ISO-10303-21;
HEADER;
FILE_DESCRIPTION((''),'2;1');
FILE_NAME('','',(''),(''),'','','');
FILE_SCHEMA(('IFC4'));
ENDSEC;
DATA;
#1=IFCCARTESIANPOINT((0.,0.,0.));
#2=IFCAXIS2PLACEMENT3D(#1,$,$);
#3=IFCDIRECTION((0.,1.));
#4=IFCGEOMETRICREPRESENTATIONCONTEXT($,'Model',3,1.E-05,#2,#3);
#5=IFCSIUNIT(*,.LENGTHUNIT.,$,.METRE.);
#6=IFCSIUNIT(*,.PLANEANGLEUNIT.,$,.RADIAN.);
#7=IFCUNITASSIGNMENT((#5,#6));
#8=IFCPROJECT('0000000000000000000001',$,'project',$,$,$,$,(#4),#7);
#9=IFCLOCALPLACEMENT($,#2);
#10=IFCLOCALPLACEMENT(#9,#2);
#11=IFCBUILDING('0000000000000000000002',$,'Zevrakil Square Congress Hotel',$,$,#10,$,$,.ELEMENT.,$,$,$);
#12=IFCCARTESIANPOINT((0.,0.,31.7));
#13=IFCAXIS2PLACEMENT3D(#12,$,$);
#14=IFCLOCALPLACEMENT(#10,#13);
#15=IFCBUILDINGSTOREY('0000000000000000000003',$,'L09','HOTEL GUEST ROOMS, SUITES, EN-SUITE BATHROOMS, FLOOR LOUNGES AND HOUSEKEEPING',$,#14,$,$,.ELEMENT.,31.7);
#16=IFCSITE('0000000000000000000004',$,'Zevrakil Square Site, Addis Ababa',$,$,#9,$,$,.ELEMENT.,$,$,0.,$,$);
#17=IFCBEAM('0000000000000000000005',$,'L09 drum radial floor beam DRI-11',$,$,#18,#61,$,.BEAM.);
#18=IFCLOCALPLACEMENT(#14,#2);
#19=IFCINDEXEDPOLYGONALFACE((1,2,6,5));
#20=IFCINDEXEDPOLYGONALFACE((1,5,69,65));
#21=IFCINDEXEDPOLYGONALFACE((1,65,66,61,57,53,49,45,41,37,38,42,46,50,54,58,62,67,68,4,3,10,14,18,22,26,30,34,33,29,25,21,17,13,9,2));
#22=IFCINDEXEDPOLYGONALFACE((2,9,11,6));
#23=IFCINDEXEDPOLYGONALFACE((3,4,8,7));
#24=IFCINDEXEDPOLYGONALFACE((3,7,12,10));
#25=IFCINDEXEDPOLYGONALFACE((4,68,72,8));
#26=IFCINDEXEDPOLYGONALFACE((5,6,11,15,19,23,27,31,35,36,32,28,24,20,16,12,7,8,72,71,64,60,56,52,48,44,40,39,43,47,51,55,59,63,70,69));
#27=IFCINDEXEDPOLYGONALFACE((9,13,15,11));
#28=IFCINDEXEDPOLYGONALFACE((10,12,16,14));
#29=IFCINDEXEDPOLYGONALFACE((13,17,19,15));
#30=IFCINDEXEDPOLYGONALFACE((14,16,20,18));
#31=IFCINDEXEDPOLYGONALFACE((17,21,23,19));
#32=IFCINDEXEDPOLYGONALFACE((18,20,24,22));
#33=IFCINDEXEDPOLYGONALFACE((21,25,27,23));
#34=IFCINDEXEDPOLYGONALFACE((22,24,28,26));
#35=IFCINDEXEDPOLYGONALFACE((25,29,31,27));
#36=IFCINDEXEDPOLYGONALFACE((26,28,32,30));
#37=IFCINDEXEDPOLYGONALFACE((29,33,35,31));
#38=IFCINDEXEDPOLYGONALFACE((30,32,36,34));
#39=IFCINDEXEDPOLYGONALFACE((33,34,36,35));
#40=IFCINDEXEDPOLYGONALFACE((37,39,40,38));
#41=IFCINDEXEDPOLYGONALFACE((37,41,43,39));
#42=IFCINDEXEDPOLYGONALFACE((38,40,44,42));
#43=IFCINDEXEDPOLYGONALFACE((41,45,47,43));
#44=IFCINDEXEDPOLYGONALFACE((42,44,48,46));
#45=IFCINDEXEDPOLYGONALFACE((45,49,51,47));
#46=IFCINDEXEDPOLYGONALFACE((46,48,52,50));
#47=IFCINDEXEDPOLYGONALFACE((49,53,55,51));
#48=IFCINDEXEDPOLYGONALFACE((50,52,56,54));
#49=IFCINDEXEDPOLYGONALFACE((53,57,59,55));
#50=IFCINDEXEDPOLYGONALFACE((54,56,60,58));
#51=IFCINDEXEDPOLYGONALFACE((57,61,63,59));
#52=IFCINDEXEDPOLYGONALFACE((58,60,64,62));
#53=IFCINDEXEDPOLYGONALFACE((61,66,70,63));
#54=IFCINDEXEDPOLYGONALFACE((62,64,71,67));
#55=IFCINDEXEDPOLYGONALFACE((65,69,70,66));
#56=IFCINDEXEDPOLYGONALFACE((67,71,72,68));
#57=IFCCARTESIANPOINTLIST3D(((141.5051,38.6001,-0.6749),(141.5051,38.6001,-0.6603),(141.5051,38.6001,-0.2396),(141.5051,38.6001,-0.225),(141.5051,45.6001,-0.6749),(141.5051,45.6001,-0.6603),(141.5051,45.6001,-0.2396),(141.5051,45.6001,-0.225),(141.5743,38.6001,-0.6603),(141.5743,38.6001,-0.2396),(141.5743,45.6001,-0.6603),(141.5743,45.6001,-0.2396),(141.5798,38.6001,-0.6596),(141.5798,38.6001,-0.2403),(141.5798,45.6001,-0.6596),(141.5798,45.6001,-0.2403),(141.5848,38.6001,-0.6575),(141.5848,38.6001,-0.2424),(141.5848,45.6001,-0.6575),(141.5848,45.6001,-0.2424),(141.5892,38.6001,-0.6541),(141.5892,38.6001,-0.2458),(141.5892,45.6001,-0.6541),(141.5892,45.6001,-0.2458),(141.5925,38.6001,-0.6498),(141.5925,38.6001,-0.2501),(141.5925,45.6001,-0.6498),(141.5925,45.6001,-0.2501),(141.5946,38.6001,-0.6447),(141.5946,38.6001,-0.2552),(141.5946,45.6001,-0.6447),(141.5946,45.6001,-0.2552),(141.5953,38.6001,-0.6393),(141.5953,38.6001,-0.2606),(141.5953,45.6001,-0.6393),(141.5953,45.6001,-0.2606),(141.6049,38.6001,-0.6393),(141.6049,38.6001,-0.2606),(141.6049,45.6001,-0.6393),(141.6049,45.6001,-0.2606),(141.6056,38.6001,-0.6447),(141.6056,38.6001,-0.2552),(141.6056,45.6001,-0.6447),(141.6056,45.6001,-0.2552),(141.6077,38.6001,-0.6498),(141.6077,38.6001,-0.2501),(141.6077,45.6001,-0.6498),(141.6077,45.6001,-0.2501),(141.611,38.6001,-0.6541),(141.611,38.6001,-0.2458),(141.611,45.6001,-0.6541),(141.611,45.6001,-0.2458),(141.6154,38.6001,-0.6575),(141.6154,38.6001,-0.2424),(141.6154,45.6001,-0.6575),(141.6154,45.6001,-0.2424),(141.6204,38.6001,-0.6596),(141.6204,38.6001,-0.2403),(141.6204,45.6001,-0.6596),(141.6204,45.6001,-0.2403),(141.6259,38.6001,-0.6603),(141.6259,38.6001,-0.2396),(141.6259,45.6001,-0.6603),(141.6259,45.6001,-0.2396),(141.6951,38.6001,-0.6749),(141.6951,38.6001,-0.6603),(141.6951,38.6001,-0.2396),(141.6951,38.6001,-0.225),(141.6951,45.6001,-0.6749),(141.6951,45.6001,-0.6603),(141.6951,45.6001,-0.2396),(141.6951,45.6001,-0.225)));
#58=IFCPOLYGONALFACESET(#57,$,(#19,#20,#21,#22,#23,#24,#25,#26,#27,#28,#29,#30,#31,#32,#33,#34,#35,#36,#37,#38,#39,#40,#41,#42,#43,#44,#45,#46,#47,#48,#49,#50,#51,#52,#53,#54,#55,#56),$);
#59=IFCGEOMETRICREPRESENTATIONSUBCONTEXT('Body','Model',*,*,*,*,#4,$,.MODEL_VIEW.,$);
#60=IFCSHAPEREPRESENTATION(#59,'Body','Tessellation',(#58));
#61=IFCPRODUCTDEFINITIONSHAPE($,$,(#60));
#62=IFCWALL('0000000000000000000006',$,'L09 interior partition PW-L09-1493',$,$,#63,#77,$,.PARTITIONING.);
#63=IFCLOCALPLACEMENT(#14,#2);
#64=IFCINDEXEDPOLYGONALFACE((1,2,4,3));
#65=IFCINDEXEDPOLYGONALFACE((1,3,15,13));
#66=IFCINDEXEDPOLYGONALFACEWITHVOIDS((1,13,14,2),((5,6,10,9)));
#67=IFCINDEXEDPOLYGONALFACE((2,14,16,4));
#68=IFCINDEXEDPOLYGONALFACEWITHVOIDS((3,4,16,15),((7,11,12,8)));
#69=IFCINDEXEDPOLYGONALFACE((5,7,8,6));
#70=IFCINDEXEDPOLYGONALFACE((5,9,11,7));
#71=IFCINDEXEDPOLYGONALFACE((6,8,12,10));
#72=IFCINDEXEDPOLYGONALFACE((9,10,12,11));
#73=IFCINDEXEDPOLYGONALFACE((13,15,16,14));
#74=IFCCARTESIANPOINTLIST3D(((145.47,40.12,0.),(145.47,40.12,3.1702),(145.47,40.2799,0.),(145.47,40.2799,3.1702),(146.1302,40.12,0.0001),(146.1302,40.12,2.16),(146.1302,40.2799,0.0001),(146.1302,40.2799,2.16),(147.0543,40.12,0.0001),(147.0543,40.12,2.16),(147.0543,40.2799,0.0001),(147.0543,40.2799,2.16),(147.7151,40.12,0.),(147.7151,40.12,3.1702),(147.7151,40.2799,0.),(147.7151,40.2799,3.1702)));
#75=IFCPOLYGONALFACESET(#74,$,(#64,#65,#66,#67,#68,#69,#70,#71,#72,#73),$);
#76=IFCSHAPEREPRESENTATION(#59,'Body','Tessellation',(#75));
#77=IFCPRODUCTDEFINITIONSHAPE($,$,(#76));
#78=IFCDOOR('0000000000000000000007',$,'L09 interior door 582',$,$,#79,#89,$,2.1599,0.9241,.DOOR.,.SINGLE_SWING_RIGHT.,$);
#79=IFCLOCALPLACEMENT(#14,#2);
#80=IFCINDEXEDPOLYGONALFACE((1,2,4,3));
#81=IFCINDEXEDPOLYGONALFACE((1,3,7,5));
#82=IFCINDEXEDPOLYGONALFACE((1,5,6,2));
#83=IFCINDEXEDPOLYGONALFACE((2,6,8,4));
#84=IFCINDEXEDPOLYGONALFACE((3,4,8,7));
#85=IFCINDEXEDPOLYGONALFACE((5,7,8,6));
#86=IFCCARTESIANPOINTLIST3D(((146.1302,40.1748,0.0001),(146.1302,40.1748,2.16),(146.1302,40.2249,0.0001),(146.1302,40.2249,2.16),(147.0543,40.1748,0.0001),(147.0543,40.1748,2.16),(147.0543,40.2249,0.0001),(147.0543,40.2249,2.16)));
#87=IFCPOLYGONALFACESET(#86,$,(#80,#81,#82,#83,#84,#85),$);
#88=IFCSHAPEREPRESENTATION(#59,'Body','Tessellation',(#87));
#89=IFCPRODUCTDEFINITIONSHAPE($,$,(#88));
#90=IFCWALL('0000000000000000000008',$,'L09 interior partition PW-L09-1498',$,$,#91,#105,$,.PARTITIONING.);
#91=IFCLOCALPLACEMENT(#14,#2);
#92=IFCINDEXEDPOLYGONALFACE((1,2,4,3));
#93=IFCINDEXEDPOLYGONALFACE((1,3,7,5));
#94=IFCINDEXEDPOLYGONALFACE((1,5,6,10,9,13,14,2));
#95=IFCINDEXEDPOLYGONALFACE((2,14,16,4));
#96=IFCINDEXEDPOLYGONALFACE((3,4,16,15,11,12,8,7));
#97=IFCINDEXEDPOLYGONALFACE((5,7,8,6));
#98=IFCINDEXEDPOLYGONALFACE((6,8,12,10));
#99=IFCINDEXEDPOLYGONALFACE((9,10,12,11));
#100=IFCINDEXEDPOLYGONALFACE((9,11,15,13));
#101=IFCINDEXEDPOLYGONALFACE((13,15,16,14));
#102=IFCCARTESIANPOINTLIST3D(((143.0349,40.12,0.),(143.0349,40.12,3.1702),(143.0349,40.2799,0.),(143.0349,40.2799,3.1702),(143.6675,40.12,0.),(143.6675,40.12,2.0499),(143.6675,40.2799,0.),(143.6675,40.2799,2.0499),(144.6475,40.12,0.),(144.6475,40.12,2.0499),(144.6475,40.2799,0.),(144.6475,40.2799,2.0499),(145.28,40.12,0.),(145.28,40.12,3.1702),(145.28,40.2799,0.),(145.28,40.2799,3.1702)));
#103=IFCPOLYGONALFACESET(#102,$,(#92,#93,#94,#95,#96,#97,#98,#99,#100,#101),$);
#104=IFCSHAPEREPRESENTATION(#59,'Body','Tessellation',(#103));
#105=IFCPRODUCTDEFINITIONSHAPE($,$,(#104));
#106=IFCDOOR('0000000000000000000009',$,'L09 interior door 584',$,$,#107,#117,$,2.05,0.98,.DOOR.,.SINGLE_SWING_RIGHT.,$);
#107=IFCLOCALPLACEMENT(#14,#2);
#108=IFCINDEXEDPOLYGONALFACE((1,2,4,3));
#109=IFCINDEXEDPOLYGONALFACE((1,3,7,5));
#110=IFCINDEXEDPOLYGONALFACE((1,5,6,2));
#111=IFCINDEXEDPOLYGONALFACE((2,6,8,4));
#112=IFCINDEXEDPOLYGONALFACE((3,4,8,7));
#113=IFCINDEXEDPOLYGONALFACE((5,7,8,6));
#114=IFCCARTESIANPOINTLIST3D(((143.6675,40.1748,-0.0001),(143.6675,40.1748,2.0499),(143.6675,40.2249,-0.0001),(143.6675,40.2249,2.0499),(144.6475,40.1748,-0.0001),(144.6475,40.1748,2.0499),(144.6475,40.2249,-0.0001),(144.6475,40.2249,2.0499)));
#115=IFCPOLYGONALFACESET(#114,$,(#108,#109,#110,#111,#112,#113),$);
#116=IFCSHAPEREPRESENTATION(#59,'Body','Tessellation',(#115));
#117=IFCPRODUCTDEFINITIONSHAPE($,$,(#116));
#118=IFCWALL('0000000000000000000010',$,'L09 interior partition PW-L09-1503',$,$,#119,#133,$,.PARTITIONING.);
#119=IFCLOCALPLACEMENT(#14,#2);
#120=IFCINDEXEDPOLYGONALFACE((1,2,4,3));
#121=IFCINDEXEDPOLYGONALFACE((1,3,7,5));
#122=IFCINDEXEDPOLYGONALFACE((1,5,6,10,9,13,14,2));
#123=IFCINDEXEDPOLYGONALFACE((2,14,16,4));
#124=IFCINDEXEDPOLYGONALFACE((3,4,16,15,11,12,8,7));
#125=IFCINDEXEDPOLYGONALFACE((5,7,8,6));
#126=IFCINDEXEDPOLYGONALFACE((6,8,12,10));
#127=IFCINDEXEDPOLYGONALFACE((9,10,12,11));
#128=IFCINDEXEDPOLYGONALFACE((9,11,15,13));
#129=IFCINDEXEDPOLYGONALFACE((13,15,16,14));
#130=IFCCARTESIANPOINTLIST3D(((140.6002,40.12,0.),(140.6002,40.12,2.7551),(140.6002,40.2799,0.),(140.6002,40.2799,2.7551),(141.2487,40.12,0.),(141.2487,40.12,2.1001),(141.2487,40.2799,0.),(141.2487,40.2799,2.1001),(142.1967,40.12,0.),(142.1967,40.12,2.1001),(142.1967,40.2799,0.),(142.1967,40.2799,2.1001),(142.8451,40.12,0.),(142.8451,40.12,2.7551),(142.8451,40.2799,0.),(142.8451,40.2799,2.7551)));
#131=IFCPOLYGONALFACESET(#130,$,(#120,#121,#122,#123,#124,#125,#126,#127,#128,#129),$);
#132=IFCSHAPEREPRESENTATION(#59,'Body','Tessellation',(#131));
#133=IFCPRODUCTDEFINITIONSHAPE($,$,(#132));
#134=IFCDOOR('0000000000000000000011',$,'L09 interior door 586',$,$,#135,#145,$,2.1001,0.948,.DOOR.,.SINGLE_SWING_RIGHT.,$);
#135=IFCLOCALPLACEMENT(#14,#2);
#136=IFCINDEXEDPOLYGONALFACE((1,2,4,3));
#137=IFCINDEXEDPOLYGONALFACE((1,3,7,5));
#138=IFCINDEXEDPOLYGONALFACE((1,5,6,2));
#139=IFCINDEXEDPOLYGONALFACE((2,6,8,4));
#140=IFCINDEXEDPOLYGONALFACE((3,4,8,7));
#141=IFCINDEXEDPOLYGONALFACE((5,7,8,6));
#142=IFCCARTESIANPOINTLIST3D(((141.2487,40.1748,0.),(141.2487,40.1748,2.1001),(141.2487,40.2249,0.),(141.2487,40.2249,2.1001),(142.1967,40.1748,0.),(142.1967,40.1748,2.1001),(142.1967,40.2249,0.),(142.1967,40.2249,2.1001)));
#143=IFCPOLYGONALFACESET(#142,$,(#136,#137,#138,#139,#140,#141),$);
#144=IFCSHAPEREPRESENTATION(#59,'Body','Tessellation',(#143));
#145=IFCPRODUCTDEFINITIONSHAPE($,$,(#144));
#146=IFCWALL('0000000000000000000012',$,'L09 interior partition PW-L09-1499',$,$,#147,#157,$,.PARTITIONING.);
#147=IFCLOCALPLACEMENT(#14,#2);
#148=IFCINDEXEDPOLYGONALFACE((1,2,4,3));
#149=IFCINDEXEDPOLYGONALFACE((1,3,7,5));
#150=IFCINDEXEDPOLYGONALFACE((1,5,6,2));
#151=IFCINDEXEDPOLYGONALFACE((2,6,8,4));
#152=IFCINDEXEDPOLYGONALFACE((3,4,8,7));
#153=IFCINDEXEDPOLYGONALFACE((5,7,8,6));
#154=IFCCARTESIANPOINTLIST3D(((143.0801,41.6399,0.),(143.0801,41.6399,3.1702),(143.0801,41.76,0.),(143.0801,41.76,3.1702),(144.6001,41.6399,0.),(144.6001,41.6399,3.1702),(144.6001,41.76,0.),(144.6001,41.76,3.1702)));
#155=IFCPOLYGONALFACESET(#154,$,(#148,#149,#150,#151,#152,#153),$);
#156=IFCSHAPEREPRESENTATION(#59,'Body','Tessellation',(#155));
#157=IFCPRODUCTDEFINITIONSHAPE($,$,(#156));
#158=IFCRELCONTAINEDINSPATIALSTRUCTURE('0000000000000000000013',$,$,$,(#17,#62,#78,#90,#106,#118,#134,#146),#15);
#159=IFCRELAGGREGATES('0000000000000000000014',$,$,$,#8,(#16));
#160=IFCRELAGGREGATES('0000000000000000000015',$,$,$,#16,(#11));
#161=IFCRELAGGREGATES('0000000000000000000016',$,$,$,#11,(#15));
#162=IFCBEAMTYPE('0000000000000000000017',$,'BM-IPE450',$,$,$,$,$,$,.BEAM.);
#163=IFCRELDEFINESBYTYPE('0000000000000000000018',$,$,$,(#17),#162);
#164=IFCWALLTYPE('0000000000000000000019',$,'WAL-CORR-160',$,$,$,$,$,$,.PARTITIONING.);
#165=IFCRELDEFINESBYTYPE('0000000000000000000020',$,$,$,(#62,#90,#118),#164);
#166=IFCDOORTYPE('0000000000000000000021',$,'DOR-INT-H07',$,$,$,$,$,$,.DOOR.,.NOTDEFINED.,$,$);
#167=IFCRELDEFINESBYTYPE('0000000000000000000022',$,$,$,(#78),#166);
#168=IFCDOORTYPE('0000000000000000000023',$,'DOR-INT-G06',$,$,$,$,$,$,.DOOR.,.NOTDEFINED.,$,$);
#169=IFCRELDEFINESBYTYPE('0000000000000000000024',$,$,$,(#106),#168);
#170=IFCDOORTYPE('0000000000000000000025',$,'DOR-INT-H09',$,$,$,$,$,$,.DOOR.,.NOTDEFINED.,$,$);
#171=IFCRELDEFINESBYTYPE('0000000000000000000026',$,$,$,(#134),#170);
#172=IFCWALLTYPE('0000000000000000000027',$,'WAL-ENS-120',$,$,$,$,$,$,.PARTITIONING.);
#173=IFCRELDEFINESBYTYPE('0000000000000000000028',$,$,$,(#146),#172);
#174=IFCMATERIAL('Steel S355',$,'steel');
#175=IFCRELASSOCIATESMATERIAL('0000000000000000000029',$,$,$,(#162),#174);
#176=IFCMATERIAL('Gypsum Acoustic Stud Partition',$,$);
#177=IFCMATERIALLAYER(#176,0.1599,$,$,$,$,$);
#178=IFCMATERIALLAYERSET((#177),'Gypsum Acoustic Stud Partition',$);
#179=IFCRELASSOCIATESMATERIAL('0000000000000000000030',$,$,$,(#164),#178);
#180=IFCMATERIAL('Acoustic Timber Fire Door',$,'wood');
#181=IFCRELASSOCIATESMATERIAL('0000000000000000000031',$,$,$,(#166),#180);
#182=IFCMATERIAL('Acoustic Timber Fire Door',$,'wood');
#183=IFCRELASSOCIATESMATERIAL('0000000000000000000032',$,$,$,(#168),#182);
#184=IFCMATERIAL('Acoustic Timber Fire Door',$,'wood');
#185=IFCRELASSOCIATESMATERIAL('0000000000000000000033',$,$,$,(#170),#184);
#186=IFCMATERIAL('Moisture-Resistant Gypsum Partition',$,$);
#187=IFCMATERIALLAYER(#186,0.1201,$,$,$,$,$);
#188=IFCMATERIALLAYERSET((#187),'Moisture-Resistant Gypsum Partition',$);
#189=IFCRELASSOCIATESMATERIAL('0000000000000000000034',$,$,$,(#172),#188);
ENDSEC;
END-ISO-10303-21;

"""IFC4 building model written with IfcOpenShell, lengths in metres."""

from ifc_helpers import new_model, si_unit, direction, frame, frame_2d, origin, origin_2d, place, context, subcontext, project, spatial, rectangle, i_section, extrude, material, layer, layer_set, material_profile, profile_set, type_object, element, fill, save


model = new_model("IFC4")

# Units and contexts
model_context = context("Model", 3, precision=1e-05, world=origin(), true_north=direction((0.0, 1.0)))
body_context = subcontext(model_context, "Body", "Model", "MODEL_VIEW")
ifc_project = project(units=[si_unit("LENGTHUNIT", "METRE"), si_unit("PLANEANGLEUNIT", "RADIAN")], contexts=[model_context])

# Site, building, storey
site_placement = place(None, origin())
site = spatial("IfcSite", under=ifc_project, at=site_placement, Name="Zevrakil Square Site, Addis Ababa", CompositionType="ELEMENT", RefElevation=0.0)
building_placement = place(site_placement, origin())
building = spatial("IfcBuilding", under=site, at=building_placement, Name="Zevrakil Square Congress Hotel", CompositionType="ELEMENT")
storey_placement = place(building_placement, frame((0.0, 0.0, 31.7)))
storey = spatial("IfcBuildingStorey", under=building, at=storey_placement, Name="L09", Description="HOTEL GUEST ROOMS, SUITES, EN-SUITE BATHROOMS, FLOOR LOUNGES AND HOUSEKEEPING", CompositionType="ELEMENT", Elevation=31.7)

# Beam
ifc_material_1 = material(Name="Steel S355", Category="steel")
ifc_material_profile = material_profile(ifc_material_1, i_section(OverallWidth=0.1899, OverallDepth=0.45, WebThickness=0.0095, FlangeThickness=0.0146, FilletRadius=0.021, at=origin_2d()), Name="IPE 450")
ifc_profile_set = profile_set([ifc_material_profile], Name="Steel S355")
beam_type = type_object("IfcBeamType", Name="BM-IPE450", PredefinedType="BEAM", material=ifc_profile_set)
beam_placement = place(storey_placement, frame((141.6001, 38.6001, -0.45), z_axis=(0.0, 1.0, 0.0), x_axis=(-1.0, 0.0, 0.0)))
element("IfcBeam", 1, at=beam_placement, inside=storey, type_object=beam_type, Name="L09 drum radial floor beam DRI-11", PredefinedType="BEAM", context=body_context, shape_type="SweptSolid", body=[
    extrude(i_section(OverallWidth=0.1899, OverallDepth=0.45, WebThickness=0.0095, FlangeThickness=0.0146, FilletRadius=0.021, at=origin_2d()), origin(), (0.0, 0.0, 1.0), 7.0),
])

# Walls, openings, doors
ifc_material_2 = material(Name="Gypsum Acoustic Stud Partition")
ifc_layer_1 = layer(ifc_material_2, 0.1599)
ifc_layer_set_1 = layer_set([ifc_layer_1], Name="Gypsum Acoustic Stud Partition")
wall_type_1 = type_object("IfcWallType", Name="WAL-CORR-160", PredefinedType="PARTITIONING", material=ifc_layer_set_1)
wall_1_placement = place(storey_placement, frame((145.47, 40.2, 0.0), z_axis=(0.0, 0.0, 1.0), x_axis=(1.0, 0.0, 0.0)))
wall_1 = element("IfcWall", 2, at=wall_1_placement, inside=storey, type_object=wall_type_1, Name="L09 interior partition PW-L09-1493", PredefinedType="PARTITIONING", context=body_context, shape_type="SweptSolid", body=[
    extrude(rectangle(XDim=2.2451, YDim=0.1599, at=frame_2d((1.1226, 0.0))), origin(), (0.0, 0.0, 1.0), 3.1702),
])
opening_1_placement = place(wall_1_placement, frame((0.6604, 0.0, 0.0)))
opening_1 = element("IfcOpeningElement", 3, at=opening_1_placement, cuts=wall_1, PredefinedType="OPENING", context=body_context, shape_type="SweptSolid", body=[
    extrude(rectangle(XDim=0.9241, YDim=2.1599, at=frame_2d((0.4619, 1.0801))), frame((0.0, 0.0898, 0.0), z_axis=(0.0, -1.0, 0.0), x_axis=(1.0, 0.0, 0.0)), (0.0, 0.0, 1.0), 0.1799),
])
ifc_material_3 = material(Name="Acoustic Timber Fire Door", Category="wood")
door_type_1 = type_object("IfcDoorType", Name="DOR-INT-H07", OperationType="NOTDEFINED", PredefinedType="DOOR", material=ifc_material_3)
door_1_placement = place(opening_1_placement, origin())
door_1 = element("IfcDoor", 4, at=door_1_placement, inside=storey, type_object=door_type_1, Name="L09 interior door 582", OperationType="SINGLE_SWING_RIGHT", OverallHeight=2.1599, OverallWidth=0.9241, PredefinedType="DOOR", context=body_context, shape_type="SweptSolid", body=[
    extrude(rectangle(XDim=0.9241, YDim=2.1599, at=frame_2d((0.4619, 1.0801))), frame((0.0, 0.0249, 0.0), z_axis=(0.0, -1.0, 0.0), x_axis=(1.0, 0.0, 0.0)), (0.0, 0.0, 1.0), 0.05),
])
fill(opening_1, door_1)
wall_2_placement = place(storey_placement, frame((143.0349, 40.2, 0.0), z_axis=(0.0, 0.0, 1.0), x_axis=(1.0, 0.0, 0.0)))
wall_2 = element("IfcWall", 5, at=wall_2_placement, inside=storey, type_object=wall_type_1, Name="L09 interior partition PW-L09-1498", PredefinedType="PARTITIONING", context=body_context, shape_type="SweptSolid", body=[
    extrude(rectangle(XDim=2.2451, YDim=0.1599, at=frame_2d((1.1226, 0.0))), origin(), (0.0, 0.0, 1.0), 3.1702),
])
opening_2_placement = place(wall_2_placement, frame((0.6326, 0.0, 0.0)))
opening_2 = element("IfcOpeningElement", 6, at=opening_2_placement, cuts=wall_2, PredefinedType="OPENING", context=body_context, shape_type="SweptSolid", body=[
    extrude(rectangle(XDim=0.98, YDim=2.05, at=frame_2d((0.49, 1.0249))), frame((0.0, 0.0898, 0.0), z_axis=(0.0, -1.0, 0.0), x_axis=(1.0, 0.0, 0.0)), (0.0, 0.0, 1.0), 0.1799),
])
ifc_material_4 = material(Name="Acoustic Timber Fire Door", Category="wood")
door_type_2 = type_object("IfcDoorType", Name="DOR-INT-G06", OperationType="NOTDEFINED", PredefinedType="DOOR", material=ifc_material_4)
door_2_placement = place(opening_2_placement, origin())
door_2 = element("IfcDoor", 7, at=door_2_placement, inside=storey, type_object=door_type_2, Name="L09 interior door 584", OperationType="SINGLE_SWING_RIGHT", OverallHeight=2.05, OverallWidth=0.98, PredefinedType="DOOR", context=body_context, shape_type="SweptSolid", body=[
    extrude(rectangle(XDim=0.98, YDim=2.05, at=frame_2d((0.49, 1.0249))), frame((0.0, 0.0249, 0.0), z_axis=(0.0, -1.0, 0.0), x_axis=(1.0, 0.0, 0.0)), (0.0, 0.0, 1.0), 0.05),
])
fill(opening_2, door_2)
wall_3_placement = place(storey_placement, frame((140.6001, 40.2, 0.0), z_axis=(0.0, 0.0, 1.0), x_axis=(1.0, 0.0, 0.0)))
wall_3 = element("IfcWall", 8, at=wall_3_placement, inside=storey, type_object=wall_type_1, Name="L09 interior partition PW-L09-1503", PredefinedType="PARTITIONING", context=body_context, shape_type="SweptSolid", body=[
    extrude(rectangle(XDim=2.2449, YDim=0.1599, at=frame_2d((1.1226, 0.0))), origin(), (0.0, 0.0, 1.0), 2.7551),
])
opening_3_placement = place(wall_3_placement, frame((0.6484, 0.0, 0.0)))
opening_3 = element("IfcOpeningElement", 9, at=opening_3_placement, cuts=wall_3, PredefinedType="OPENING", context=body_context, shape_type="SweptSolid", body=[
    extrude(rectangle(XDim=0.948, YDim=2.1001, at=frame_2d((0.4741, 1.05))), frame((0.0, 0.0898, 0.0), z_axis=(0.0, -1.0, 0.0), x_axis=(1.0, 0.0, 0.0)), (0.0, 0.0, 1.0), 0.1799),
])
ifc_material_5 = material(Name="Acoustic Timber Fire Door", Category="wood")
door_type_3 = type_object("IfcDoorType", Name="DOR-INT-H09", OperationType="NOTDEFINED", PredefinedType="DOOR", material=ifc_material_5)
door_3_placement = place(opening_3_placement, origin())
door_3 = element("IfcDoor", 10, at=door_3_placement, inside=storey, type_object=door_type_3, Name="L09 interior door 586", OperationType="SINGLE_SWING_RIGHT", OverallHeight=2.1001, OverallWidth=0.948, PredefinedType="DOOR", context=body_context, shape_type="SweptSolid", body=[
    extrude(rectangle(XDim=0.948, YDim=2.1001, at=frame_2d((0.4741, 1.05))), frame((0.0, 0.0249, 0.0), z_axis=(0.0, -1.0, 0.0), x_axis=(1.0, 0.0, 0.0)), (0.0, 0.0, 1.0), 0.05),
])
fill(opening_3, door_3)

# Wall
ifc_material_6 = material(Name="Moisture-Resistant Gypsum Partition")
ifc_layer_2 = layer(ifc_material_6, 0.1201)
ifc_layer_set_2 = layer_set([ifc_layer_2], Name="Moisture-Resistant Gypsum Partition")
wall_type_2 = type_object("IfcWallType", Name="WAL-ENS-120", PredefinedType="PARTITIONING", material=ifc_layer_set_2)
wall_4_placement = place(storey_placement, frame((143.0801, 41.7, 0.0), z_axis=(0.0, 0.0, 1.0), x_axis=(1.0, 0.0, 0.0)))
element("IfcWall", 11, at=wall_4_placement, inside=storey, type_object=wall_type_2, Name="L09 interior partition PW-L09-1499", PredefinedType="PARTITIONING", context=body_context, shape_type="SweptSolid", body=[
    extrude(rectangle(XDim=1.52, YDim=0.1201, at=frame_2d((0.76, 0.0))), origin(), (0.0, 0.0, 1.0), 3.1702),
])

save(model, "model.ifc")
